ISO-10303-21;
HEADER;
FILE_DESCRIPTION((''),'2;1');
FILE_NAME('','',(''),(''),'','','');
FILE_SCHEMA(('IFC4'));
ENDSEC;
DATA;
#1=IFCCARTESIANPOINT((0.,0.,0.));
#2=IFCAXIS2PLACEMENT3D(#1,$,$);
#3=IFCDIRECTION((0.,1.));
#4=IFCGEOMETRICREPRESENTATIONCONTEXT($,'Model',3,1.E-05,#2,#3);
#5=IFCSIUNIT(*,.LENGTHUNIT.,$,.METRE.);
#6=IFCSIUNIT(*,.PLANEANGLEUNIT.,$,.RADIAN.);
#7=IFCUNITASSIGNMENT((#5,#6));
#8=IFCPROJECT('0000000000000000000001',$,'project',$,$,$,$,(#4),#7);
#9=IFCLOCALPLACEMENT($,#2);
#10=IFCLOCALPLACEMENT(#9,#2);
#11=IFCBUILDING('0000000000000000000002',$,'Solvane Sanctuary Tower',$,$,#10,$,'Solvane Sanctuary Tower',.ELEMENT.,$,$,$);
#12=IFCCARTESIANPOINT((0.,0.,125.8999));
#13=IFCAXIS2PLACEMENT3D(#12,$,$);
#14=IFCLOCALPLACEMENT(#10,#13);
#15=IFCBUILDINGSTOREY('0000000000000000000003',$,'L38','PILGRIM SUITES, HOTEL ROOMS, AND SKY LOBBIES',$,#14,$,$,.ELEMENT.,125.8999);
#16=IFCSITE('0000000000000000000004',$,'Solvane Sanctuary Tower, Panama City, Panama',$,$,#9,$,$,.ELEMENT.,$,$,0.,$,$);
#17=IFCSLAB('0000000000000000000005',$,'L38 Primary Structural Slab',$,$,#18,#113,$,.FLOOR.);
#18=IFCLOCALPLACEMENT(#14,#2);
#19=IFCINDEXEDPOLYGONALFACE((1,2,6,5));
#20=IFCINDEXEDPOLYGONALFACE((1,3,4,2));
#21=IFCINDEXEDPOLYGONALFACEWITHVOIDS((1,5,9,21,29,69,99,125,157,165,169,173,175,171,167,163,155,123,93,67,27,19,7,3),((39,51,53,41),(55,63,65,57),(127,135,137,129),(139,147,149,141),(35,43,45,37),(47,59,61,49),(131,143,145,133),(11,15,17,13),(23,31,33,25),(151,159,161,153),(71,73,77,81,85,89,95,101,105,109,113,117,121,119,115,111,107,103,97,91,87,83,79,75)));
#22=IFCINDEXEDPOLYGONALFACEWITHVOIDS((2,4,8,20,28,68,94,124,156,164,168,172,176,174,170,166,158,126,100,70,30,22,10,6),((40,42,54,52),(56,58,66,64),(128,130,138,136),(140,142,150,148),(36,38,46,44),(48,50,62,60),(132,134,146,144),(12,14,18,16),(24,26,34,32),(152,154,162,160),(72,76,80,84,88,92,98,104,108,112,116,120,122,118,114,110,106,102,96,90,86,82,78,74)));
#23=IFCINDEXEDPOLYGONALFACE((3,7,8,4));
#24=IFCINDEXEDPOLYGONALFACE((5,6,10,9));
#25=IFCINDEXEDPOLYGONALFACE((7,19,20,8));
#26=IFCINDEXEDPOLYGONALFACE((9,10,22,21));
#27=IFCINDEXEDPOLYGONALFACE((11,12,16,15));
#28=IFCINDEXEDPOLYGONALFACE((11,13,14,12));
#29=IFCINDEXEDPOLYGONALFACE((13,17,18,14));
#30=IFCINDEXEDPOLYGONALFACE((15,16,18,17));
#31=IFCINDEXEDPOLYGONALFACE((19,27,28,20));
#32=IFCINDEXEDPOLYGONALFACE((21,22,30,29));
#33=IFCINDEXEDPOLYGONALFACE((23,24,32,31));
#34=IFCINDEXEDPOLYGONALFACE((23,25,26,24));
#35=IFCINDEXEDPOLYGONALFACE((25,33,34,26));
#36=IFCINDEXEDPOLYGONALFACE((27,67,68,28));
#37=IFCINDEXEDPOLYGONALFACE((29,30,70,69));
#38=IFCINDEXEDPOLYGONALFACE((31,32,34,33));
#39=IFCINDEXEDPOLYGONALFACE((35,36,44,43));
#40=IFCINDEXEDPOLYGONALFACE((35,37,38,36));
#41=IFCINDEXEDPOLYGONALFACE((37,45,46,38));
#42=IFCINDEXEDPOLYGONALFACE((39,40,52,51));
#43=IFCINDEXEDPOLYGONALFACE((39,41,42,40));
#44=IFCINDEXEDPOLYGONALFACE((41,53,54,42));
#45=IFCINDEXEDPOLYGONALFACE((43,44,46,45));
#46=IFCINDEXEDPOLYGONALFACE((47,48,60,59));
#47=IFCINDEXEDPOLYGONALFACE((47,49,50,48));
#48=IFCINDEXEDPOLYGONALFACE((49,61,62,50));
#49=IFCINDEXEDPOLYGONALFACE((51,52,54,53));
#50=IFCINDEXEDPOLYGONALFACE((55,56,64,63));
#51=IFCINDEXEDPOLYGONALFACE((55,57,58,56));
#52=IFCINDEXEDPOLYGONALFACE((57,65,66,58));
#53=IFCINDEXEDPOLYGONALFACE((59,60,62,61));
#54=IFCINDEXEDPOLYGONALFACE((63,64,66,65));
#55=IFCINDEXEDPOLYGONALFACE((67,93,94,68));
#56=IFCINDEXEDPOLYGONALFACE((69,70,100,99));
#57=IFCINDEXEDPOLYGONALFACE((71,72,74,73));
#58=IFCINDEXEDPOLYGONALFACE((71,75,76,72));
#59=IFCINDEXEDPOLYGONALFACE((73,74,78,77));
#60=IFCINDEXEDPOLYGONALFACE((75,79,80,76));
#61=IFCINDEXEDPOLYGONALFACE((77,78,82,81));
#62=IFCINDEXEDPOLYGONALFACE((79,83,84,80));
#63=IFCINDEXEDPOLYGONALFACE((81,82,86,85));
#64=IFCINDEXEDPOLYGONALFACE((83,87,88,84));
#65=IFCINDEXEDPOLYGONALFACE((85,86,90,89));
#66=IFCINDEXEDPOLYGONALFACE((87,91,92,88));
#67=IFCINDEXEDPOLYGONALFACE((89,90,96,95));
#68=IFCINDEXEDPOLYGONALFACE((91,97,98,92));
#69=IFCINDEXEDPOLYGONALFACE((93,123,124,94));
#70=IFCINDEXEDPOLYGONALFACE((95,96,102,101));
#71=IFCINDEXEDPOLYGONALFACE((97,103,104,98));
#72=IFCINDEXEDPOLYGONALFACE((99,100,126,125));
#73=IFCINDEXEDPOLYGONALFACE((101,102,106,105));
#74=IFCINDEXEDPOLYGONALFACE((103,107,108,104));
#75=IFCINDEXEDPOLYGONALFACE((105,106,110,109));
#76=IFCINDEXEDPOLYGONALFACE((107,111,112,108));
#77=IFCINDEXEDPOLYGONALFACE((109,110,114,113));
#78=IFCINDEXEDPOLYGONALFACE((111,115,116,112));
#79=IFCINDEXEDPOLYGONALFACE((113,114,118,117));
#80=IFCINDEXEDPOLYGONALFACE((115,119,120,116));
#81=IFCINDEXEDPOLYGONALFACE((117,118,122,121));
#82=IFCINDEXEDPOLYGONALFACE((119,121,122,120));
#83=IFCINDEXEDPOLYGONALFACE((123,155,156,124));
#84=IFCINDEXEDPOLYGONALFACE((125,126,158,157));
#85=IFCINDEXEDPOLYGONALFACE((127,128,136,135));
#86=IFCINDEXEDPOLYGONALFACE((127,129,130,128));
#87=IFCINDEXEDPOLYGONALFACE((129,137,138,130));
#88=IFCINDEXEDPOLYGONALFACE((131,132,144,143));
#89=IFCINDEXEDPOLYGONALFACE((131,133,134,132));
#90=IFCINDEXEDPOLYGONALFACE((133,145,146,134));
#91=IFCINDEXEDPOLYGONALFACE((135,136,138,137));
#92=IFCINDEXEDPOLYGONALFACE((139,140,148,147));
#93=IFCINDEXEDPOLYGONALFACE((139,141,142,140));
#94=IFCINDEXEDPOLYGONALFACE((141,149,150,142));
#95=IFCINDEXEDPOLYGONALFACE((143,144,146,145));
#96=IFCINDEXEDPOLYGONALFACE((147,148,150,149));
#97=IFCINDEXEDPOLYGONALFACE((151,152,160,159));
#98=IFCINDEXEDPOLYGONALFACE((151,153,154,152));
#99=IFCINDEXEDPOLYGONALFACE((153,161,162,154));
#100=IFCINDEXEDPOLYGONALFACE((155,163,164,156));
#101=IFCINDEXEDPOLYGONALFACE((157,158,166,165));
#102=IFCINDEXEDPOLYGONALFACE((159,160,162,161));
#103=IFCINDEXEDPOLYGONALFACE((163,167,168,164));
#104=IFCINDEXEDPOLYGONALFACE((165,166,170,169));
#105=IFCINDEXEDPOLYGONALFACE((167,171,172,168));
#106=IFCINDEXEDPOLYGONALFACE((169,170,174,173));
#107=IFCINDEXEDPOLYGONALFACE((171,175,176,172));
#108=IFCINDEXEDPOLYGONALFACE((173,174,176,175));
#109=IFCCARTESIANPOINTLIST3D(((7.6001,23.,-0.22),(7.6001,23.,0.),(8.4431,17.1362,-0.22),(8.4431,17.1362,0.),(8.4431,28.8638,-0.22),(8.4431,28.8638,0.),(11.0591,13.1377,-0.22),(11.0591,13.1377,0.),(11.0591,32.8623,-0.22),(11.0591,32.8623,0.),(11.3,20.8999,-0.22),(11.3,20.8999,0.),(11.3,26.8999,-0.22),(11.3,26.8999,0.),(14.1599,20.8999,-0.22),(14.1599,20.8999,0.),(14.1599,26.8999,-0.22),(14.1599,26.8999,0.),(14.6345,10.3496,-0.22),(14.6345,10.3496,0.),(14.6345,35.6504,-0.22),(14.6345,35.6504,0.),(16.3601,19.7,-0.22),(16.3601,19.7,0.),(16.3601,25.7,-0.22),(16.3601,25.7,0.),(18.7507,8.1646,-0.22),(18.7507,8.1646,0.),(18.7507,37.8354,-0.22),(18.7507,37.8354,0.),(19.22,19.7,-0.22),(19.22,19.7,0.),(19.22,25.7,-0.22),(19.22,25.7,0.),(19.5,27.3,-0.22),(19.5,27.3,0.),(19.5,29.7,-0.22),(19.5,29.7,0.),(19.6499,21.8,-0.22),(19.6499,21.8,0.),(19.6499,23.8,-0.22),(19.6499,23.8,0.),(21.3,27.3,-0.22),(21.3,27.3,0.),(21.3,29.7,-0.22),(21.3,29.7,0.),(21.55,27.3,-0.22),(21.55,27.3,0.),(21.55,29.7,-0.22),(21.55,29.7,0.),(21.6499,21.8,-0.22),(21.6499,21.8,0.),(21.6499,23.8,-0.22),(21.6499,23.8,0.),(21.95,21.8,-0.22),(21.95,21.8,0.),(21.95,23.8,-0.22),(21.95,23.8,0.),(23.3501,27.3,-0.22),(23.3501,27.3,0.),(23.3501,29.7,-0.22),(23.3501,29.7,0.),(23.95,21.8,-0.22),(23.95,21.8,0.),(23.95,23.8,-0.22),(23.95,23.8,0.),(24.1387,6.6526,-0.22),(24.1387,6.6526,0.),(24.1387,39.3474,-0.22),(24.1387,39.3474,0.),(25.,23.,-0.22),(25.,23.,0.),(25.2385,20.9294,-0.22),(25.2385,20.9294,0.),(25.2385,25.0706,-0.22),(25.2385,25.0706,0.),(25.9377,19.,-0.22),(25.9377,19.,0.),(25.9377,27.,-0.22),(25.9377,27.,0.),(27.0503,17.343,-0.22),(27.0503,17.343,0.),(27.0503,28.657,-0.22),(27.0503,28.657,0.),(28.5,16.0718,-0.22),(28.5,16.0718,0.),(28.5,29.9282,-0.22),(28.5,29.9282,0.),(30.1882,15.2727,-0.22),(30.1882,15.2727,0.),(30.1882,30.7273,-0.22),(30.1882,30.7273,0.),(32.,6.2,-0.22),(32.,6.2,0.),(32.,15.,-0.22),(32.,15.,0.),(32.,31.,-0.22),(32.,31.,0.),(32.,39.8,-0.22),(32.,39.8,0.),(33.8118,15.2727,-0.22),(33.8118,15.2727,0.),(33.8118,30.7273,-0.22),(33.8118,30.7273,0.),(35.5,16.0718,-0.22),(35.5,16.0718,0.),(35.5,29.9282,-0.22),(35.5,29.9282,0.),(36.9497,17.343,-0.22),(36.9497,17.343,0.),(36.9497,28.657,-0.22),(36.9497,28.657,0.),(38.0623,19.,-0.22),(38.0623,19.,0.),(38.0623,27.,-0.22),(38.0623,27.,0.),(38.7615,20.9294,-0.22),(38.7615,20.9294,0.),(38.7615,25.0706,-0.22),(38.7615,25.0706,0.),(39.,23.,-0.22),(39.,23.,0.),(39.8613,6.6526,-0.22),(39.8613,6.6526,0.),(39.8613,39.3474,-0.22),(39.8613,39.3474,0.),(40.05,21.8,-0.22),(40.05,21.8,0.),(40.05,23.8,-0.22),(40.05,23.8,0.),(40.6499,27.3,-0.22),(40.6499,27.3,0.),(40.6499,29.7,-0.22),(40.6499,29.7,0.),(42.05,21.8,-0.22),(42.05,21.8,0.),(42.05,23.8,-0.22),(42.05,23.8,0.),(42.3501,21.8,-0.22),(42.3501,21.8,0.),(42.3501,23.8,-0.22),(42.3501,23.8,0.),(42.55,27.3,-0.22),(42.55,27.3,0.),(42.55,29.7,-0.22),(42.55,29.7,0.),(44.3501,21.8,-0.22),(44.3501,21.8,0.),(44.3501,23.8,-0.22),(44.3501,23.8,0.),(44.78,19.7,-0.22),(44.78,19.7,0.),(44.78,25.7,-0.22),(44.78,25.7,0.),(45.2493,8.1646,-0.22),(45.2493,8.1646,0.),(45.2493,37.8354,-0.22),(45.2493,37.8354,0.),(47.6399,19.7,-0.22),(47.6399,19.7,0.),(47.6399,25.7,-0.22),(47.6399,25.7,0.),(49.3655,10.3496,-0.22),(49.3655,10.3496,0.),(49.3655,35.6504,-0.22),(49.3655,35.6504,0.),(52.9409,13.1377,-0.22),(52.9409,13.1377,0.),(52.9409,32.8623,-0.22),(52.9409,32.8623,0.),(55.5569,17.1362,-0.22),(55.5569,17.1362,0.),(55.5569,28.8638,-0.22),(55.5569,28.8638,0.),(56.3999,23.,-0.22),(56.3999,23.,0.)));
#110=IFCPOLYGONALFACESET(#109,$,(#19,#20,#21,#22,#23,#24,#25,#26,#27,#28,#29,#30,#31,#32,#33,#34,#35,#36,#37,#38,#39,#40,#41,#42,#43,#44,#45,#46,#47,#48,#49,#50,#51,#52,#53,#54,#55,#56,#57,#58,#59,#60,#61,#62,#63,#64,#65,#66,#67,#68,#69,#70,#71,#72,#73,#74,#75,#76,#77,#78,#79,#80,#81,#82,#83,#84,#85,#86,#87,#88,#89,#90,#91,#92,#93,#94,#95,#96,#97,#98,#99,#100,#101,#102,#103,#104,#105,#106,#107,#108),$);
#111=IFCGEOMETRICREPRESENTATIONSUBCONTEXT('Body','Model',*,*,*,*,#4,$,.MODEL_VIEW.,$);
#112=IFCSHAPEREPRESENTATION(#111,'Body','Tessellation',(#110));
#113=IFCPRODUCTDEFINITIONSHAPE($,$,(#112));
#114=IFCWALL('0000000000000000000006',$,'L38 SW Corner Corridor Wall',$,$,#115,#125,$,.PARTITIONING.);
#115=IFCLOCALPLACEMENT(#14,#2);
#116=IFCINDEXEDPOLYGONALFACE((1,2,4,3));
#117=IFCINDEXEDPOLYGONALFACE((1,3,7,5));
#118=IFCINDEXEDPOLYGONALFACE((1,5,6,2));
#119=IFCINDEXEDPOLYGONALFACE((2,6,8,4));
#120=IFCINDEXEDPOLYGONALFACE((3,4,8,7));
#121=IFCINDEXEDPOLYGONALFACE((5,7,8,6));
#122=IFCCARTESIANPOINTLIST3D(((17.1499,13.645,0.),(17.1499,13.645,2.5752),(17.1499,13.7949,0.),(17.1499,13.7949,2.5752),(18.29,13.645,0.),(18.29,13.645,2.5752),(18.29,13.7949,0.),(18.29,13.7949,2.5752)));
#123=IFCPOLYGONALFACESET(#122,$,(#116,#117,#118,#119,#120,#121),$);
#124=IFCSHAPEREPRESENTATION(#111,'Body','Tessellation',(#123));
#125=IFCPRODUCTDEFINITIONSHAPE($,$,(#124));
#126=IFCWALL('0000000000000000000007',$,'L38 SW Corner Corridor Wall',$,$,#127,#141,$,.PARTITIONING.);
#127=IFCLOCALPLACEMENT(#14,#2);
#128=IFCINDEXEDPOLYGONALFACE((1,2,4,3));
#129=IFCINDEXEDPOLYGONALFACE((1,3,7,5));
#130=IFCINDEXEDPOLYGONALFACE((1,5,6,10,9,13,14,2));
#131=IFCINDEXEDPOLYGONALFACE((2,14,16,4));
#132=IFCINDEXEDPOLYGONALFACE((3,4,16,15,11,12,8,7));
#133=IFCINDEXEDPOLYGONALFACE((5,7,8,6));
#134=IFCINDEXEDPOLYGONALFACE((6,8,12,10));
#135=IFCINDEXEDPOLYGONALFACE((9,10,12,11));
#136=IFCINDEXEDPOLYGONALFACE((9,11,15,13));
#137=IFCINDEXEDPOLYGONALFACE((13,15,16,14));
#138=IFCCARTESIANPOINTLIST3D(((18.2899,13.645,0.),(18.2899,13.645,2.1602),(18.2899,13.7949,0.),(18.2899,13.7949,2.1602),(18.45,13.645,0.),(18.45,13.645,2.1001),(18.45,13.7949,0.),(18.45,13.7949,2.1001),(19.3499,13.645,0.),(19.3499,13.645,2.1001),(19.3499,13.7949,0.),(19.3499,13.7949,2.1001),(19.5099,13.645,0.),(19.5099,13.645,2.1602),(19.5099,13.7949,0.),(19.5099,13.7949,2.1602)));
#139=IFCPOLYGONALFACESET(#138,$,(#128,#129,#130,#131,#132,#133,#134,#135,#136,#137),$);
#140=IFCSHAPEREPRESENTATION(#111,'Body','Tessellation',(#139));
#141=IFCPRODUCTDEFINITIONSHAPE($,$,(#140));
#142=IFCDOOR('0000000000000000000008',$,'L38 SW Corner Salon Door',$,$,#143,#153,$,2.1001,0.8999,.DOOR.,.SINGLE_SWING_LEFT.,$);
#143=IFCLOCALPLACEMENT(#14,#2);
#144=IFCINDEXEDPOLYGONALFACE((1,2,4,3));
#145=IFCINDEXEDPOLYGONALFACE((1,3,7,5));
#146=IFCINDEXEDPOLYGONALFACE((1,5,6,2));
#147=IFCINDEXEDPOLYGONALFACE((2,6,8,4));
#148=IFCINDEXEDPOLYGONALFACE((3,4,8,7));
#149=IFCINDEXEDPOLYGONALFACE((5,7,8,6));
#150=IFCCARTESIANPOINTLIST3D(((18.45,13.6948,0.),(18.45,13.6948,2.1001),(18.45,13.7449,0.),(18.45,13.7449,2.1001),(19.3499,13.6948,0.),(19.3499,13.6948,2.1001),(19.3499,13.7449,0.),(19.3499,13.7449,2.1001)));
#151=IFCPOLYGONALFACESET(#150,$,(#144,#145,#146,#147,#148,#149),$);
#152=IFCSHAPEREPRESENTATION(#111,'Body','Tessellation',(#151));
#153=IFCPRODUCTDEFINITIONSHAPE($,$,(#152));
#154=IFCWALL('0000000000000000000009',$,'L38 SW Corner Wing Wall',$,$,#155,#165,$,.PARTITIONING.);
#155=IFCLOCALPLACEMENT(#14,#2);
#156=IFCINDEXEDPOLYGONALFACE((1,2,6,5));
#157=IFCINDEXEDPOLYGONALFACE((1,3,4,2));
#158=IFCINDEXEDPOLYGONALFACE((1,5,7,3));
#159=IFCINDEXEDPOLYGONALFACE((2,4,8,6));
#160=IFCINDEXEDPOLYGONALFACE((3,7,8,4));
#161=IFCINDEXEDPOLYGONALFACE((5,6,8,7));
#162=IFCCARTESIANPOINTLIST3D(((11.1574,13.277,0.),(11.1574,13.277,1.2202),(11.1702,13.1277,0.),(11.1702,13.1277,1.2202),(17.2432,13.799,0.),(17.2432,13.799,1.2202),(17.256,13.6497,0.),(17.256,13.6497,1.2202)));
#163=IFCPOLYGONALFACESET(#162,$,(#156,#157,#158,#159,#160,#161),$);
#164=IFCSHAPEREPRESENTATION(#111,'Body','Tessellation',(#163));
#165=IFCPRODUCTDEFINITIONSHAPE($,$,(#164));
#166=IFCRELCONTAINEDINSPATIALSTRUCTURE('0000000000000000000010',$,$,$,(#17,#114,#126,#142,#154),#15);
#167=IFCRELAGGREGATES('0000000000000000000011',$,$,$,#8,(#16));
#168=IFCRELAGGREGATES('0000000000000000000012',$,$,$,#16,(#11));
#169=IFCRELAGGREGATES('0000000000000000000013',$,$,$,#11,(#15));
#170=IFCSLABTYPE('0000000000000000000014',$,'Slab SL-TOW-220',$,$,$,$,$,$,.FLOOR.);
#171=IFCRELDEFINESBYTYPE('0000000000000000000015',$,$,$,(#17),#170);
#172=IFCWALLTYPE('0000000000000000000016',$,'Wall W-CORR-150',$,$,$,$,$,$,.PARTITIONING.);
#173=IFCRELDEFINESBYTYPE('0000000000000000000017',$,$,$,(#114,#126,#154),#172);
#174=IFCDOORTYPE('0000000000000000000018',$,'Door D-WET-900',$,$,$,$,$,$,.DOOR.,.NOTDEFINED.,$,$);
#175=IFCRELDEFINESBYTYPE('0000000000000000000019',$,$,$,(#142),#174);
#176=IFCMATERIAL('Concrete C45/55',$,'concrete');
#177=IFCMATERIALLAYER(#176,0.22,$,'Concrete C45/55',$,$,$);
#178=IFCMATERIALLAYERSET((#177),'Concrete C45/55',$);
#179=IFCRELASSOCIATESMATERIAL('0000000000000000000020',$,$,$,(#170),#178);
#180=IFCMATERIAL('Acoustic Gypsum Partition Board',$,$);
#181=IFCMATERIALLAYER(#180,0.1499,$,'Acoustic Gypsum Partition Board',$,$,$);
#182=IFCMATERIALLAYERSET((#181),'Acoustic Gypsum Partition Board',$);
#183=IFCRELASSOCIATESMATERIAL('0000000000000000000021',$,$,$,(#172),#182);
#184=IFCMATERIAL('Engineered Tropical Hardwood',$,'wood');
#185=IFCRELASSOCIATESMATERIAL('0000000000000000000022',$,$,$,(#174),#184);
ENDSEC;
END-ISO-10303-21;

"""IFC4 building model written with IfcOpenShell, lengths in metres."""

from ifc_helpers import new_model, si_unit, direction, frame, frame_2d, origin, place, context, subcontext, project, spatial, polyline, rectangle, outline, extrude, material, layer, layer_set, type_object, element, fill, save


model = new_model("IFC4")

# Units and contexts
model_context = context("Model", 3, precision=1e-05, world=origin(), true_north=direction((0.0, 1.0)))
body_context = subcontext(model_context, "Body", "Model", "MODEL_VIEW")
ifc_project = project(units=[si_unit("LENGTHUNIT", "METRE"), si_unit("PLANEANGLEUNIT", "RADIAN")], contexts=[model_context])

# Site, building, storey
site_placement = place(None, origin())
site = spatial("IfcSite", under=ifc_project, at=site_placement, Name="Solvane Sanctuary Tower, Panama City, Panama", CompositionType="ELEMENT", RefElevation=0.0)
building_placement = place(site_placement, origin())
building = spatial("IfcBuilding", under=site, at=building_placement, Name="Solvane Sanctuary Tower", LongName="Solvane Sanctuary Tower", CompositionType="ELEMENT")
storey_placement = place(building_placement, frame((0.0, 0.0, 125.8999)))
storey = spatial("IfcBuildingStorey", under=building, at=storey_placement, Name="L38", Description="PILGRIM SUITES, HOTEL ROOMS, AND SKY LOBBIES", CompositionType="ELEMENT", Elevation=125.8999)

# Shared definitions
ifc_material_1 = material(Name="Concrete C45/55", Category="concrete")

# Slab
ifc_layer_1 = layer(ifc_material_1, 0.22, Name="Concrete C45/55")
ifc_layer_set_1 = layer_set([ifc_layer_1], Name="Concrete C45/55")
slab_type_1 = type_object("IfcSlabType", Name="Slab SL-TOW-220", PredefinedType="FLOOR", material=ifc_layer_set_1)
slab_1_placement = place(storey_placement, frame((0.0, 0.0, -0.22)))
element("IfcSlab", 1, at=slab_1_placement, inside=storey, type_object=slab_type_1, Name="L38 Primary Structural Slab", PredefinedType="FLOOR", context=body_context, shape_type="SweptSolid", body=[
    extrude(outline(polyline([(56.3999, 23.0), (55.5569, 28.8638), (52.9409, 32.8623), (49.3655, 35.6504), (45.2493, 37.8354), (39.8613, 39.3474), (32.0, 39.8), (24.1387, 39.3474), (18.7507, 37.8354), (14.6345, 35.6504), (11.0591, 32.8623), (8.4431, 28.8638), (7.6001, 23.0), (8.4431, 17.1362), (11.0591, 13.1377), (14.6345, 10.3496), (18.7507, 8.1646), (24.1387, 6.6526), (32.0, 6.2), (39.8613, 6.6526), (45.2493, 8.1646), (49.3655, 10.3496), (52.9409, 13.1377), (55.5569, 17.1362), (56.3999, 23.0)]), holes=[polyline([(38.7615, 20.9294), (38.0623, 19.0), (36.9497, 17.343), (35.5, 16.0718), (33.8118, 15.2727), (32.0, 15.0), (30.1882, 15.2727), (28.5, 16.0718), (27.0503, 17.343), (25.9377, 19.0), (25.2385, 20.9294), (25.0, 23.0), (25.2385, 25.0706), (25.9377, 27.0), (27.0503, 28.657), (28.5, 29.9282), (30.1882, 30.7273), (32.0, 31.0), (33.8118, 30.7273), (35.5, 29.9282), (36.9497, 28.657), (38.0623, 27.0), (38.7615, 25.0706), (39.0, 23.0), (38.7615, 20.9294)]), polyline([(16.3601, 19.7), (16.3601, 25.7), (19.22, 25.7), (19.22, 19.7), (16.3601, 19.7)]), polyline([(44.78, 19.7), (44.78, 25.7), (47.6399, 25.7), (47.6399, 19.7), (44.78, 19.7)]), polyline([(11.3, 20.8999), (11.3, 26.8999), (14.1599, 26.8999), (14.1599, 20.8999), (11.3, 20.8999)]), polyline([(19.6499, 23.8), (21.6499, 23.8), (21.6499, 21.8), (19.6499, 21.8), (19.6499, 23.8)]), polyline([(42.3501, 23.8), (44.3501, 23.8), (44.3501, 21.8), (42.3501, 21.8), (42.3501, 23.8)]), polyline([(21.95, 23.8), (23.95, 23.8), (23.95, 21.8), (21.95, 21.8), (21.95, 23.8)]), polyline([(40.05, 23.8), (42.05, 23.8), (42.05, 21.8), (40.05, 21.8), (40.05, 23.8)]), polyline([(19.5, 29.7), (21.3, 29.7), (21.3, 27.3), (19.5, 27.3), (19.5, 29.7)]), polyline([(21.55, 29.7), (23.3501, 29.7), (23.3501, 27.3), (21.55, 27.3), (21.55, 29.7)]), polyline([(40.6499, 29.7), (42.55, 29.7), (42.55, 27.3), (40.6499, 27.3), (40.6499, 29.7)])]), origin(), (0.0, 0.0, 1.0), 0.22),
])

# Wall
ifc_material_2 = material(Name="Acoustic Gypsum Partition Board")
ifc_layer_2 = layer(ifc_material_2, 0.1499, Name="Acoustic Gypsum Partition Board")
ifc_layer_set_2 = layer_set([ifc_layer_2], Name="Acoustic Gypsum Partition Board")
wall_type_1 = type_object("IfcWallType", Name="Wall W-CORR-150", PredefinedType="PARTITIONING", material=ifc_layer_set_2)
wall_1_placement = place(storey_placement, frame((17.1499, 13.72, 0.0), z_axis=(0.0, 0.0, 1.0), x_axis=(1.0, 0.0, 0.0)))
element("IfcWall", 2, at=wall_1_placement, inside=storey, type_object=wall_type_1, Name="L38 SW Corner Corridor Wall", PredefinedType="PARTITIONING", context=body_context, shape_type="SweptSolid", body=[
    extrude(rectangle(XDim=1.1401, YDim=0.1499, at=frame_2d((0.5701, 0.0))), origin(), (0.0, 0.0, 1.0), 2.5752),
])

# Wall, opening, door
wall_2_placement = place(storey_placement, frame((18.29, 13.72, 0.0), z_axis=(0.0, 0.0, 1.0), x_axis=(1.0, 0.0, 0.0)))
wall_2 = element("IfcWall", 3, at=wall_2_placement, inside=storey, type_object=wall_type_1, Name="L38 SW Corner Corridor Wall", PredefinedType="PARTITIONING", context=body_context, shape_type="SweptSolid", body=[
    extrude(rectangle(XDim=1.22, YDim=0.1499, at=frame_2d((0.6099, 0.0))), origin(), (0.0, 0.0, 1.0), 2.1602),
])
opening_1_placement = place(wall_2_placement, frame((0.1599, 0.0, 0.0)))
opening_1 = element("IfcOpeningElement", 4, at=opening_1_placement, cuts=wall_2, PredefinedType="OPENING", context=body_context, shape_type="SweptSolid", body=[
    extrude(rectangle(XDim=0.8999, YDim=2.1001, at=frame_2d((0.45, 1.05))), frame((0.0, 0.085, 0.0), z_axis=(0.0, -1.0, 0.0), x_axis=(1.0, 0.0, 0.0)), (0.0, 0.0, 1.0), 0.1699),
])
ifc_material_3 = material(Name="Engineered Tropical Hardwood", Category="wood")
door_type = type_object("IfcDoorType", Name="Door D-WET-900", OperationType="NOTDEFINED", PredefinedType="DOOR", material=ifc_material_3)
door_placement = place(opening_1_placement, origin())
door = element("IfcDoor", 5, at=door_placement, inside=storey, type_object=door_type, Name="L38 SW Corner Salon Door", OperationType="SINGLE_SWING_LEFT", OverallHeight=2.1001, OverallWidth=0.8999, PredefinedType="DOOR", context=body_context, shape_type="SweptSolid", body=[
    extrude(rectangle(XDim=0.8999, YDim=2.1001, at=frame_2d((0.45, 1.05))), frame((0.0, 0.0249, 0.0), z_axis=(0.0, -1.0, 0.0), x_axis=(1.0, 0.0, 0.0)), (0.0, 0.0, 1.0), 0.05),
])
fill(opening_1, door)

# Wall
wall_3_placement = place(storey_placement, frame((17.2498, 13.7244, 0.0), z_axis=(0.0, 0.0, 1.0), x_axis=(-0.996342, -0.085457, 0.0)))
element("IfcWall", 6, at=wall_3_placement, inside=storey, type_object=wall_type_1, Name="L38 SW Corner Wing Wall", PredefinedType="PARTITIONING", context=body_context, shape_type="SweptSolid", body=[
    extrude(rectangle(XDim=6.1082, YDim=0.1499, at=frame_2d((3.0542, 0.0))), origin(), (0.0, 0.0, 1.0), 1.2202),
])

save(model, "model.ifc")
